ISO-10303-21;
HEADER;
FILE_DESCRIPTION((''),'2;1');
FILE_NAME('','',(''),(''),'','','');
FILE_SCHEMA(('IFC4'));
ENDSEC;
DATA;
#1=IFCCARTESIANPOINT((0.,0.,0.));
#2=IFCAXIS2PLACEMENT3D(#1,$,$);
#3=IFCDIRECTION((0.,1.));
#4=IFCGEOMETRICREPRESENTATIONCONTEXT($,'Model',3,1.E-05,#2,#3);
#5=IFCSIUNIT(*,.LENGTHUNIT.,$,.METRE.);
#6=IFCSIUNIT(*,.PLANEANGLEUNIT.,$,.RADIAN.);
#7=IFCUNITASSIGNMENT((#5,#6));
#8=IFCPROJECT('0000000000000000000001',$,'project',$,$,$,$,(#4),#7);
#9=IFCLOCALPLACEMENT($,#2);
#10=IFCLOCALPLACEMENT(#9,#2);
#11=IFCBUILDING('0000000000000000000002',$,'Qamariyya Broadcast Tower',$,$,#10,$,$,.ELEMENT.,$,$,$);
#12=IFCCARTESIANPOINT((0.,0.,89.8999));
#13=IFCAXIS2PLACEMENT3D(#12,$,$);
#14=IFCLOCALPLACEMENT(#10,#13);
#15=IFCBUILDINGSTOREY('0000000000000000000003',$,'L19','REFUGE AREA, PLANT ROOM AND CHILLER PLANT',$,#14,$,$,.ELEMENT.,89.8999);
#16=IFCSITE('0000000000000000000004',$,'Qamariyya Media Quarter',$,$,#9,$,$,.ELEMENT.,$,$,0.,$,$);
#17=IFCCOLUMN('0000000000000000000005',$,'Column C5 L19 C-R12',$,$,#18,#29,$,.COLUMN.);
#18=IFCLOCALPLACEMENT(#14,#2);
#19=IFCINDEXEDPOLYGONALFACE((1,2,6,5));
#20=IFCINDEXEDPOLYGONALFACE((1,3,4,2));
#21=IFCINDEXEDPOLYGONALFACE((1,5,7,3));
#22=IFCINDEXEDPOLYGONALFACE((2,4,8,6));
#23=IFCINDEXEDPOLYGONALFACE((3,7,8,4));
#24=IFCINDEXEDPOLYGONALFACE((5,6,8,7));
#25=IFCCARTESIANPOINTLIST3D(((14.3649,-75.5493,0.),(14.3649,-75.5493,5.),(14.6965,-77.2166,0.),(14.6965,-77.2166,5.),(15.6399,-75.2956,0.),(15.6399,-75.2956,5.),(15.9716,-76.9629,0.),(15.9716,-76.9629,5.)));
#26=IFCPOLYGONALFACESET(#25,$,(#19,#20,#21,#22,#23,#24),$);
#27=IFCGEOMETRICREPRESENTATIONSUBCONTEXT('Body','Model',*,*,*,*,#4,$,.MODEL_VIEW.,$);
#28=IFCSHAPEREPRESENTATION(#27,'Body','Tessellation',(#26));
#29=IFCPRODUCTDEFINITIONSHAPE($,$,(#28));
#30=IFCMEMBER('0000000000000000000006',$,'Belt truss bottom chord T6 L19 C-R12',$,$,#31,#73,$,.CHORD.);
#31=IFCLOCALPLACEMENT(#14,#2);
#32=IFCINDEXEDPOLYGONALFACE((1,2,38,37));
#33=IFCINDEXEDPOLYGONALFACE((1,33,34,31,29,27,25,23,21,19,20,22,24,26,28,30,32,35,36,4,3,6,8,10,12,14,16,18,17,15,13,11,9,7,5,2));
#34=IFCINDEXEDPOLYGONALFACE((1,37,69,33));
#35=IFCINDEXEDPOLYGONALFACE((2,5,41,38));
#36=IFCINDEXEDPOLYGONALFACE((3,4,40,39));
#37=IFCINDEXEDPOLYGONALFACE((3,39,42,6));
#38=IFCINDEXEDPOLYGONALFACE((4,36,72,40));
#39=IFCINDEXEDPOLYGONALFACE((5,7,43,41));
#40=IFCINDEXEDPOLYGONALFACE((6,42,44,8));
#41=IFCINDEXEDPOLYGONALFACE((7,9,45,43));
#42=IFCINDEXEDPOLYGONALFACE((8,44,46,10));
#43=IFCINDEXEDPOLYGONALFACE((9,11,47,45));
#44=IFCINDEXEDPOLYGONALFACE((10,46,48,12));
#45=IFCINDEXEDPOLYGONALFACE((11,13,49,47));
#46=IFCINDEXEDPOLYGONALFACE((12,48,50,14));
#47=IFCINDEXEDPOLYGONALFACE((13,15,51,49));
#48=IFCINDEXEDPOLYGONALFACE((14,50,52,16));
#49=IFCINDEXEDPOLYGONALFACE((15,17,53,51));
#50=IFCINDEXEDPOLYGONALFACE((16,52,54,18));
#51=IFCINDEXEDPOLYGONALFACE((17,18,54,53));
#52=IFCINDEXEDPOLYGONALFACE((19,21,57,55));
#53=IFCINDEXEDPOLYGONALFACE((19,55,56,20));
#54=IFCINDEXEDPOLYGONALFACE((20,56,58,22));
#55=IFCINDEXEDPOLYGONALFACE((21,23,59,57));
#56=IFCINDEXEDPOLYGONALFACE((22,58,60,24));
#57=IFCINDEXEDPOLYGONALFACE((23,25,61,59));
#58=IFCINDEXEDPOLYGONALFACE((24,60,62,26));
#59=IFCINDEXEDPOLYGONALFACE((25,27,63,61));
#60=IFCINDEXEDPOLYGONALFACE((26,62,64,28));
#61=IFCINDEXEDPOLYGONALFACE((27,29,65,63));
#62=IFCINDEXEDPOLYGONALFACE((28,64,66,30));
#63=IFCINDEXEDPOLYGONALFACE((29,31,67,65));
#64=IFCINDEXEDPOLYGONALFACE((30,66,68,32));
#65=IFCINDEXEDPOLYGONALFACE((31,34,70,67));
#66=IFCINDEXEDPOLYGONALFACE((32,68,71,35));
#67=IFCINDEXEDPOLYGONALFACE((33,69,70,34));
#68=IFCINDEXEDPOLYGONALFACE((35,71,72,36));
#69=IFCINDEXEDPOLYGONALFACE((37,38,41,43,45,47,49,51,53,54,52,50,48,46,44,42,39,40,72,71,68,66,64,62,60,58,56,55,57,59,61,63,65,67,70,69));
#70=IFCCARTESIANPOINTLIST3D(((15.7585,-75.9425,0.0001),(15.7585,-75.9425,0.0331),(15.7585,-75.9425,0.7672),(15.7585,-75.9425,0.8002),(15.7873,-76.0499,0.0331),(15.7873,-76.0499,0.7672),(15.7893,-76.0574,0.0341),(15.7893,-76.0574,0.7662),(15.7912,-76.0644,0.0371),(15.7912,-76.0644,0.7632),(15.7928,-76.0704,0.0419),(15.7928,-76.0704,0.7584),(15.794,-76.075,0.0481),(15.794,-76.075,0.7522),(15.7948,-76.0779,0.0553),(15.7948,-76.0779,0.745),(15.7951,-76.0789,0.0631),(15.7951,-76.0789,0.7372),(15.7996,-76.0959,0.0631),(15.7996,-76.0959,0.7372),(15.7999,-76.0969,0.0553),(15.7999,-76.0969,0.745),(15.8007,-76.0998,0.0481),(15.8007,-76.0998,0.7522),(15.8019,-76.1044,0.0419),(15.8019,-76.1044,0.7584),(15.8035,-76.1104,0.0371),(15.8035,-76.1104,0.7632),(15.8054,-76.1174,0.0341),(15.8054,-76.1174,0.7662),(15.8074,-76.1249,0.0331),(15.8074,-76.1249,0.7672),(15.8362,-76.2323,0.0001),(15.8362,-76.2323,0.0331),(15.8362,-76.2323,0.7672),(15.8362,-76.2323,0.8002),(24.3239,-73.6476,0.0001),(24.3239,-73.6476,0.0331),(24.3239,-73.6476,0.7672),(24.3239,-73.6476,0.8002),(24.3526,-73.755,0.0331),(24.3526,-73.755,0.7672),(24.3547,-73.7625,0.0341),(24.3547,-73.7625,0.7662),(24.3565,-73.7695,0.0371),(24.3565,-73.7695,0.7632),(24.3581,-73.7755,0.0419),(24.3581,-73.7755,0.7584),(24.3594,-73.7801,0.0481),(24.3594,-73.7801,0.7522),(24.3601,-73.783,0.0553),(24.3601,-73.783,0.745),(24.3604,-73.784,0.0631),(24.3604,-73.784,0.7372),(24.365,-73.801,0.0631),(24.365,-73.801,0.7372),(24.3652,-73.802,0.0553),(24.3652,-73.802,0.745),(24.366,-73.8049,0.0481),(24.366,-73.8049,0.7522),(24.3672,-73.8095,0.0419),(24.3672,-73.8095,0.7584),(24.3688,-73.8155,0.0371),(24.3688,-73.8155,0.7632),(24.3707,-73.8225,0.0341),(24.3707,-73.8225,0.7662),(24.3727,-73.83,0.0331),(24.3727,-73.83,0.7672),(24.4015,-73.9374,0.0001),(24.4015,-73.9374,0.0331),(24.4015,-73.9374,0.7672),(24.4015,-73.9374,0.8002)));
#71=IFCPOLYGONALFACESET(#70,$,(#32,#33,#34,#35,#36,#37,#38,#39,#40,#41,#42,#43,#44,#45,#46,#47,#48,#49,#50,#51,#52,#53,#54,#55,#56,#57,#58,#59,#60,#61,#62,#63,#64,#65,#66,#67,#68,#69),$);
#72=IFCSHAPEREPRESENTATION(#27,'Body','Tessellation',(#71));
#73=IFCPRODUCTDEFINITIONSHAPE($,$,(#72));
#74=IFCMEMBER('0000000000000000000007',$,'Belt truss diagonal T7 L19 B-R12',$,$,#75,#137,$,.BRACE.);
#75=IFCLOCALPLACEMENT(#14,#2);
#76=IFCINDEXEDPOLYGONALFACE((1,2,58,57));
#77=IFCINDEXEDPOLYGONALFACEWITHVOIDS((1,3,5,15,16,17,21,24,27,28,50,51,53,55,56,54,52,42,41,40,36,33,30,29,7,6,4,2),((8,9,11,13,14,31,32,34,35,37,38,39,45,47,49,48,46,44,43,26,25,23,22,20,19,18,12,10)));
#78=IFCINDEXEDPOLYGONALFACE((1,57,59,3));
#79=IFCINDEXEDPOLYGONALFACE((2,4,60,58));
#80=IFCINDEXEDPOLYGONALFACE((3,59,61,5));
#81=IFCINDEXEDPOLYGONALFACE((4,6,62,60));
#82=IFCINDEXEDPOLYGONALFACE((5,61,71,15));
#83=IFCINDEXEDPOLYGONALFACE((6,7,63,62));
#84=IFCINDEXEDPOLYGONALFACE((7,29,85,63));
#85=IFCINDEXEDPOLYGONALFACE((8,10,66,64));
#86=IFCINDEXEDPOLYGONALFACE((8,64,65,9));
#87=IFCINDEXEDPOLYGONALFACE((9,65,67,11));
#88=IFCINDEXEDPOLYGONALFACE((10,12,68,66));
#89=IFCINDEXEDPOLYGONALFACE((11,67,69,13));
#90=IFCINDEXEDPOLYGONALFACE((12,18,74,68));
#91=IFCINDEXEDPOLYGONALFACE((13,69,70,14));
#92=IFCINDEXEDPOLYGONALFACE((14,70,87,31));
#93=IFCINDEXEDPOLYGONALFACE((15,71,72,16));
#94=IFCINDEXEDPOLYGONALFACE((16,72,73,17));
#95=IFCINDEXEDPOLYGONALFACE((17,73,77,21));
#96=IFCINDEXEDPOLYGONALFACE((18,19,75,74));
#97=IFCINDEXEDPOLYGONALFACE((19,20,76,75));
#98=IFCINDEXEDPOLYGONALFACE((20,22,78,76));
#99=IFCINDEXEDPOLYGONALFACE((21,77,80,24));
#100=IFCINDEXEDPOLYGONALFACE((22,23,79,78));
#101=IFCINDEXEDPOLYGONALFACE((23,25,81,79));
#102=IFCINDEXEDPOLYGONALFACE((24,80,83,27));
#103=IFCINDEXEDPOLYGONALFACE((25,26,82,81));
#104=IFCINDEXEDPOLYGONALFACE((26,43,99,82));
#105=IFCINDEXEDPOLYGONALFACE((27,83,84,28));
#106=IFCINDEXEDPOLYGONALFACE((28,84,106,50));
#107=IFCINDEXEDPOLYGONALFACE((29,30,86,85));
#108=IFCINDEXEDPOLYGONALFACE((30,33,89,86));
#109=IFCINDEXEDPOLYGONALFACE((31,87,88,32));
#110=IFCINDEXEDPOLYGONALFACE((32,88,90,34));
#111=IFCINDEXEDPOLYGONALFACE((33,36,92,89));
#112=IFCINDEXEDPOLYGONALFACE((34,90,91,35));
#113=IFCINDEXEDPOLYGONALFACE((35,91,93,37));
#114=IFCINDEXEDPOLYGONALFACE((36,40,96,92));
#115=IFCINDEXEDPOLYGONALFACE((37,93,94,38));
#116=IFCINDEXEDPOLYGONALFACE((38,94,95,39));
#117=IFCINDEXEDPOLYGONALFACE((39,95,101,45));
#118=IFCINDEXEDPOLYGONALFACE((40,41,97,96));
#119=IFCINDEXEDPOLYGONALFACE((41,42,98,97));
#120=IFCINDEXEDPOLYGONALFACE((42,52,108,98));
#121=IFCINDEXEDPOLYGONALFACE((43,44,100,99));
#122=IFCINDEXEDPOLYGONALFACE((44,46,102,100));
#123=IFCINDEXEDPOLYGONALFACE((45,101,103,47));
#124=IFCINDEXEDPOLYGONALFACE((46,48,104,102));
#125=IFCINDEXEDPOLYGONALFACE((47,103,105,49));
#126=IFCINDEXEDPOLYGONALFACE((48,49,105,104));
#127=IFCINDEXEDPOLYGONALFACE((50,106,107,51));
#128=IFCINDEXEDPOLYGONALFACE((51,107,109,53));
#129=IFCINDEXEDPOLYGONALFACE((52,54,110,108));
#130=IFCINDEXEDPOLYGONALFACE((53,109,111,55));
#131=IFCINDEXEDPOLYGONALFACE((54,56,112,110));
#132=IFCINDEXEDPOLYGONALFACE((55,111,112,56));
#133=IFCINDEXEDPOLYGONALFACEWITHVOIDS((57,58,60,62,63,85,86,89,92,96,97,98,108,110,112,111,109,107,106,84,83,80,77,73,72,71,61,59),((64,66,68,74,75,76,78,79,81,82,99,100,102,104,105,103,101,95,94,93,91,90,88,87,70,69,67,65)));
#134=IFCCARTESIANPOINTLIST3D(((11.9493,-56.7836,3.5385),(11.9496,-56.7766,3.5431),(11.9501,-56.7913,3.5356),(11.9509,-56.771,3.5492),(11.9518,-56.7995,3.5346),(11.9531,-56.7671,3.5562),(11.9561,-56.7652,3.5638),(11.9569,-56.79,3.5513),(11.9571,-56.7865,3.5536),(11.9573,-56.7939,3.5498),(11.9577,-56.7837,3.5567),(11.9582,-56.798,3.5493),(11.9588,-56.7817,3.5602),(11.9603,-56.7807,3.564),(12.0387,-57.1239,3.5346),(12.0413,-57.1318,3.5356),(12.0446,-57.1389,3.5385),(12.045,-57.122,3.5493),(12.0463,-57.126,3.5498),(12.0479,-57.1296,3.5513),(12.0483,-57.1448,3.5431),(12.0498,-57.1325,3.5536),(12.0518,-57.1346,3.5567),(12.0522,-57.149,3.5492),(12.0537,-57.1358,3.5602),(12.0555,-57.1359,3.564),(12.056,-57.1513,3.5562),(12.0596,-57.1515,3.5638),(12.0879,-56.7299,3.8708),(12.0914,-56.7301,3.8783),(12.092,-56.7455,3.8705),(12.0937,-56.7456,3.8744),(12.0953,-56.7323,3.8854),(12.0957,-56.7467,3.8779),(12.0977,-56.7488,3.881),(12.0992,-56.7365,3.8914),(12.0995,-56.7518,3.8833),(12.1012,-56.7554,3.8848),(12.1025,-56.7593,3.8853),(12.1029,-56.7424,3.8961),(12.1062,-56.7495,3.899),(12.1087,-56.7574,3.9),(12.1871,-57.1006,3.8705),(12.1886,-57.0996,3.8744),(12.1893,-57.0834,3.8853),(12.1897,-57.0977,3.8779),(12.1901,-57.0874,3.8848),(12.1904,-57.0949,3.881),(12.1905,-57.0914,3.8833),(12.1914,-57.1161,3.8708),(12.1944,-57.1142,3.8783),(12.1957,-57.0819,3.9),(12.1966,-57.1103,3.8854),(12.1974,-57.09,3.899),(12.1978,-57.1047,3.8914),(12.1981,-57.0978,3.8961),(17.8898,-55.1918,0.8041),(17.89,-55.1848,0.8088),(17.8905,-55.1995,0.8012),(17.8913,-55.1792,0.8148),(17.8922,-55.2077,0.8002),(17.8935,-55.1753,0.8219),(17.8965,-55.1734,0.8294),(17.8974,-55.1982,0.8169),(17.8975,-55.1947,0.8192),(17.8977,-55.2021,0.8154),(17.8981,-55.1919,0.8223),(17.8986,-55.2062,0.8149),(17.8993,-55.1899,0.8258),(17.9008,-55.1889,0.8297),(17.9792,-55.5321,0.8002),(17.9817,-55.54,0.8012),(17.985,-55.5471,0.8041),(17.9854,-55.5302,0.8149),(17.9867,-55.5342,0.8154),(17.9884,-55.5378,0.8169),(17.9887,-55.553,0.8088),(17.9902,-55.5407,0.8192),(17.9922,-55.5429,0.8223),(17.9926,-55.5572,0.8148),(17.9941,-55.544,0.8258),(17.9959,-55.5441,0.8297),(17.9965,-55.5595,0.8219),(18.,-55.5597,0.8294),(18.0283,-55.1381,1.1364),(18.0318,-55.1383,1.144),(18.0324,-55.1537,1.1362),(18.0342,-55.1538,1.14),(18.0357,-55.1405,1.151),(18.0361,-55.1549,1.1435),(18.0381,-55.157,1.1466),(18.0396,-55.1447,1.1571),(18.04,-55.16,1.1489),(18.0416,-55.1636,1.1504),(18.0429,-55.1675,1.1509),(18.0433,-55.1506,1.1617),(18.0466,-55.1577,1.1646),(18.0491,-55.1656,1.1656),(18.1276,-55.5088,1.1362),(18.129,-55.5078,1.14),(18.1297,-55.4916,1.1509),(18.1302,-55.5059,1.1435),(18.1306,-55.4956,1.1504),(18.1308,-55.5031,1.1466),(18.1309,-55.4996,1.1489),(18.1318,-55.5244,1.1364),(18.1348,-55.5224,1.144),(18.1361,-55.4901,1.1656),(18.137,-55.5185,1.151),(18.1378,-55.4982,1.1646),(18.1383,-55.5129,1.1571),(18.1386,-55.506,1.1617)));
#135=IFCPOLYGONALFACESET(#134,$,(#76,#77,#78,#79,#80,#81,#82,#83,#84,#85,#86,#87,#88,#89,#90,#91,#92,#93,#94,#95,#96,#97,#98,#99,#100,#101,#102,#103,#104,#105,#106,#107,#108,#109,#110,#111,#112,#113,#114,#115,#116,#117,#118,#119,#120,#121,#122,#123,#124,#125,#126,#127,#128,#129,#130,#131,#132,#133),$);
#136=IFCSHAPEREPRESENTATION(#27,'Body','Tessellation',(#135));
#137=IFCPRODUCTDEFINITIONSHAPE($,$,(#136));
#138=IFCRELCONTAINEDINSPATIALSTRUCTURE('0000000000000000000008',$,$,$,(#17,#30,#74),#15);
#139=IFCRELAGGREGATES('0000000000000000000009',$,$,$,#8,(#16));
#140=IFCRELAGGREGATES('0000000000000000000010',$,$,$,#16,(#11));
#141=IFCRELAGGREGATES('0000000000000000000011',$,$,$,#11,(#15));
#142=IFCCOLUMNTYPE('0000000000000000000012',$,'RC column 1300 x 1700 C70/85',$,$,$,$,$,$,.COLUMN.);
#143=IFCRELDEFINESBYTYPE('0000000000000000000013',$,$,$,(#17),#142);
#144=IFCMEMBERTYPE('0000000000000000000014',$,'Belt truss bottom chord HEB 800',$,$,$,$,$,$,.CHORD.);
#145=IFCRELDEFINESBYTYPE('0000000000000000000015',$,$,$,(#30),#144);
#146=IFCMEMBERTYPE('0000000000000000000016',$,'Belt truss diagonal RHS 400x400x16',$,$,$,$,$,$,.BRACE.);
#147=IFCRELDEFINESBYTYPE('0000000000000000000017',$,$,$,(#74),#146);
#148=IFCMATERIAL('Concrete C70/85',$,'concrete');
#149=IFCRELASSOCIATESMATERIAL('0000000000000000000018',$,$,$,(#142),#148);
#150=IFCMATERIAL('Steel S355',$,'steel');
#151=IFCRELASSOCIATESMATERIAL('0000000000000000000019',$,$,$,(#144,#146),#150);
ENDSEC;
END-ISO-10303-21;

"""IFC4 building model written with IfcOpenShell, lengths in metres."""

from ifc_helpers import new_model, si_unit, direction, frame, origin, origin_2d, place, context, subcontext, project, spatial, rectangle, hollow_rectangle, i_section, extrude, material, material_profile, profile_set, type_object, element, save


model = new_model("IFC4")

# Units and contexts
model_context = context("Model", 3, precision=1e-05, world=origin(), true_north=direction((0.0, 1.0)))
body_context = subcontext(model_context, "Body", "Model", "MODEL_VIEW")
ifc_project = project(units=[si_unit("LENGTHUNIT", "METRE"), si_unit("PLANEANGLEUNIT", "RADIAN")], contexts=[model_context])

# Site, building, storey
site_placement = place(None, origin())
site = spatial("IfcSite", under=ifc_project, at=site_placement, Name="Qamariyya Media Quarter", CompositionType="ELEMENT", RefElevation=0.0)
building_placement = place(site_placement, origin())
building = spatial("IfcBuilding", under=site, at=building_placement, Name="Qamariyya Broadcast Tower", CompositionType="ELEMENT")
storey_placement = place(building_placement, frame((0.0, 0.0, 89.8999)))
storey = spatial("IfcBuildingStorey", under=building, at=storey_placement, Name="L19", Description="REFUGE AREA, PLANT ROOM AND CHILLER PLANT", CompositionType="ELEMENT", Elevation=89.8999)

# Column
ifc_material_1 = material(Name="Concrete C70/85", Category="concrete")
ifc_material_profile_1 = material_profile(ifc_material_1, rectangle(XDim=1.3, YDim=1.7, at=origin_2d()))
ifc_profile_set_1 = profile_set([ifc_material_profile_1], Name="Concrete C70/85")
column_type = type_object("IfcColumnType", Name="RC column 1300 x 1700 C70/85", PredefinedType="COLUMN", material=ifc_profile_set_1)
column_placement = place(storey_placement, frame((15.1682, -76.2561, 0.0), z_axis=(0.0, 0.0, 1.0), x_axis=(0.980785, 0.19509, 0.0)))
element("IfcColumn", 1, at=column_placement, inside=storey, type_object=column_type, Name="Column C5 L19 C-R12", PredefinedType="COLUMN", context=body_context, shape_type="SweptSolid", body=[
    extrude(rectangle(XDim=1.3, YDim=1.7, at=origin_2d()), origin(), (0.0, 0.0, 1.0), 5.0),
])

# Members
ifc_material_2 = material(Name="Steel S355", Category="steel")
ifc_material_profile_2 = material_profile(ifc_material_2, i_section(OverallWidth=0.3, OverallDepth=0.8, WebThickness=0.0176, FlangeThickness=0.033, FilletRadius=0.03, at=origin_2d()))
ifc_profile_set_2 = profile_set([ifc_material_profile_2], Name="Steel S355")
member_type_1 = type_object("IfcMemberType", Name="Belt truss bottom chord HEB 800", PredefinedType="CHORD", material=ifc_profile_set_2)
member_1_placement = place(storey_placement, frame((15.7974, -76.0874, 0.4001), z_axis=(0.965931, 0.2588, 0.0), x_axis=(-0.2588, 0.965931, 0.0)))
element("IfcMember", 2, at=member_1_placement, inside=storey, type_object=member_type_1, Name="Belt truss bottom chord T6 L19 C-R12", PredefinedType="CHORD", context=body_context, shape_type="SweptSolid", body=[
    extrude(i_section(OverallWidth=0.3, OverallDepth=0.8, WebThickness=0.0176, FlangeThickness=0.033, FilletRadius=0.03, at=origin_2d()), origin(), (0.0, 0.0, 1.0), 8.8674),
])
ifc_material_profile_3 = material_profile(ifc_material_2, hollow_rectangle(XDim=0.3999, YDim=0.3999, WallThickness=0.0161, InnerFilletRadius=0.0161, OuterFilletRadius=0.032, at=origin_2d()))
ifc_profile_set_3 = profile_set([ifc_material_profile_3], Name="Steel S355")
member_type_2 = type_object("IfcMemberType", Name="Belt truss diagonal RHS 400x400x16", PredefinedType="BRACE", material=ifc_profile_set_3)
member_2_placement = place(storey_placement, frame((12.0737, -56.9407, 3.7173), z_axis=(0.882616, 0.236506, -0.406268), x_axis=(-0.258829, 0.965923, 0.0)))
element("IfcMember", 3, at=member_2_placement, inside=storey, type_object=member_type_2, Name="Belt truss diagonal T7 L19 B-R12", PredefinedType="BRACE", context=body_context, shape_type="SweptSolid", body=[
    extrude(hollow_rectangle(XDim=0.3999, YDim=0.3999, WallThickness=0.0161, InnerFilletRadius=0.0161, OuterFilletRadius=0.032, at=origin_2d()), origin(), (0.0, 0.0, 1.0), 6.7305),
])

save(model, "model.ifc")
